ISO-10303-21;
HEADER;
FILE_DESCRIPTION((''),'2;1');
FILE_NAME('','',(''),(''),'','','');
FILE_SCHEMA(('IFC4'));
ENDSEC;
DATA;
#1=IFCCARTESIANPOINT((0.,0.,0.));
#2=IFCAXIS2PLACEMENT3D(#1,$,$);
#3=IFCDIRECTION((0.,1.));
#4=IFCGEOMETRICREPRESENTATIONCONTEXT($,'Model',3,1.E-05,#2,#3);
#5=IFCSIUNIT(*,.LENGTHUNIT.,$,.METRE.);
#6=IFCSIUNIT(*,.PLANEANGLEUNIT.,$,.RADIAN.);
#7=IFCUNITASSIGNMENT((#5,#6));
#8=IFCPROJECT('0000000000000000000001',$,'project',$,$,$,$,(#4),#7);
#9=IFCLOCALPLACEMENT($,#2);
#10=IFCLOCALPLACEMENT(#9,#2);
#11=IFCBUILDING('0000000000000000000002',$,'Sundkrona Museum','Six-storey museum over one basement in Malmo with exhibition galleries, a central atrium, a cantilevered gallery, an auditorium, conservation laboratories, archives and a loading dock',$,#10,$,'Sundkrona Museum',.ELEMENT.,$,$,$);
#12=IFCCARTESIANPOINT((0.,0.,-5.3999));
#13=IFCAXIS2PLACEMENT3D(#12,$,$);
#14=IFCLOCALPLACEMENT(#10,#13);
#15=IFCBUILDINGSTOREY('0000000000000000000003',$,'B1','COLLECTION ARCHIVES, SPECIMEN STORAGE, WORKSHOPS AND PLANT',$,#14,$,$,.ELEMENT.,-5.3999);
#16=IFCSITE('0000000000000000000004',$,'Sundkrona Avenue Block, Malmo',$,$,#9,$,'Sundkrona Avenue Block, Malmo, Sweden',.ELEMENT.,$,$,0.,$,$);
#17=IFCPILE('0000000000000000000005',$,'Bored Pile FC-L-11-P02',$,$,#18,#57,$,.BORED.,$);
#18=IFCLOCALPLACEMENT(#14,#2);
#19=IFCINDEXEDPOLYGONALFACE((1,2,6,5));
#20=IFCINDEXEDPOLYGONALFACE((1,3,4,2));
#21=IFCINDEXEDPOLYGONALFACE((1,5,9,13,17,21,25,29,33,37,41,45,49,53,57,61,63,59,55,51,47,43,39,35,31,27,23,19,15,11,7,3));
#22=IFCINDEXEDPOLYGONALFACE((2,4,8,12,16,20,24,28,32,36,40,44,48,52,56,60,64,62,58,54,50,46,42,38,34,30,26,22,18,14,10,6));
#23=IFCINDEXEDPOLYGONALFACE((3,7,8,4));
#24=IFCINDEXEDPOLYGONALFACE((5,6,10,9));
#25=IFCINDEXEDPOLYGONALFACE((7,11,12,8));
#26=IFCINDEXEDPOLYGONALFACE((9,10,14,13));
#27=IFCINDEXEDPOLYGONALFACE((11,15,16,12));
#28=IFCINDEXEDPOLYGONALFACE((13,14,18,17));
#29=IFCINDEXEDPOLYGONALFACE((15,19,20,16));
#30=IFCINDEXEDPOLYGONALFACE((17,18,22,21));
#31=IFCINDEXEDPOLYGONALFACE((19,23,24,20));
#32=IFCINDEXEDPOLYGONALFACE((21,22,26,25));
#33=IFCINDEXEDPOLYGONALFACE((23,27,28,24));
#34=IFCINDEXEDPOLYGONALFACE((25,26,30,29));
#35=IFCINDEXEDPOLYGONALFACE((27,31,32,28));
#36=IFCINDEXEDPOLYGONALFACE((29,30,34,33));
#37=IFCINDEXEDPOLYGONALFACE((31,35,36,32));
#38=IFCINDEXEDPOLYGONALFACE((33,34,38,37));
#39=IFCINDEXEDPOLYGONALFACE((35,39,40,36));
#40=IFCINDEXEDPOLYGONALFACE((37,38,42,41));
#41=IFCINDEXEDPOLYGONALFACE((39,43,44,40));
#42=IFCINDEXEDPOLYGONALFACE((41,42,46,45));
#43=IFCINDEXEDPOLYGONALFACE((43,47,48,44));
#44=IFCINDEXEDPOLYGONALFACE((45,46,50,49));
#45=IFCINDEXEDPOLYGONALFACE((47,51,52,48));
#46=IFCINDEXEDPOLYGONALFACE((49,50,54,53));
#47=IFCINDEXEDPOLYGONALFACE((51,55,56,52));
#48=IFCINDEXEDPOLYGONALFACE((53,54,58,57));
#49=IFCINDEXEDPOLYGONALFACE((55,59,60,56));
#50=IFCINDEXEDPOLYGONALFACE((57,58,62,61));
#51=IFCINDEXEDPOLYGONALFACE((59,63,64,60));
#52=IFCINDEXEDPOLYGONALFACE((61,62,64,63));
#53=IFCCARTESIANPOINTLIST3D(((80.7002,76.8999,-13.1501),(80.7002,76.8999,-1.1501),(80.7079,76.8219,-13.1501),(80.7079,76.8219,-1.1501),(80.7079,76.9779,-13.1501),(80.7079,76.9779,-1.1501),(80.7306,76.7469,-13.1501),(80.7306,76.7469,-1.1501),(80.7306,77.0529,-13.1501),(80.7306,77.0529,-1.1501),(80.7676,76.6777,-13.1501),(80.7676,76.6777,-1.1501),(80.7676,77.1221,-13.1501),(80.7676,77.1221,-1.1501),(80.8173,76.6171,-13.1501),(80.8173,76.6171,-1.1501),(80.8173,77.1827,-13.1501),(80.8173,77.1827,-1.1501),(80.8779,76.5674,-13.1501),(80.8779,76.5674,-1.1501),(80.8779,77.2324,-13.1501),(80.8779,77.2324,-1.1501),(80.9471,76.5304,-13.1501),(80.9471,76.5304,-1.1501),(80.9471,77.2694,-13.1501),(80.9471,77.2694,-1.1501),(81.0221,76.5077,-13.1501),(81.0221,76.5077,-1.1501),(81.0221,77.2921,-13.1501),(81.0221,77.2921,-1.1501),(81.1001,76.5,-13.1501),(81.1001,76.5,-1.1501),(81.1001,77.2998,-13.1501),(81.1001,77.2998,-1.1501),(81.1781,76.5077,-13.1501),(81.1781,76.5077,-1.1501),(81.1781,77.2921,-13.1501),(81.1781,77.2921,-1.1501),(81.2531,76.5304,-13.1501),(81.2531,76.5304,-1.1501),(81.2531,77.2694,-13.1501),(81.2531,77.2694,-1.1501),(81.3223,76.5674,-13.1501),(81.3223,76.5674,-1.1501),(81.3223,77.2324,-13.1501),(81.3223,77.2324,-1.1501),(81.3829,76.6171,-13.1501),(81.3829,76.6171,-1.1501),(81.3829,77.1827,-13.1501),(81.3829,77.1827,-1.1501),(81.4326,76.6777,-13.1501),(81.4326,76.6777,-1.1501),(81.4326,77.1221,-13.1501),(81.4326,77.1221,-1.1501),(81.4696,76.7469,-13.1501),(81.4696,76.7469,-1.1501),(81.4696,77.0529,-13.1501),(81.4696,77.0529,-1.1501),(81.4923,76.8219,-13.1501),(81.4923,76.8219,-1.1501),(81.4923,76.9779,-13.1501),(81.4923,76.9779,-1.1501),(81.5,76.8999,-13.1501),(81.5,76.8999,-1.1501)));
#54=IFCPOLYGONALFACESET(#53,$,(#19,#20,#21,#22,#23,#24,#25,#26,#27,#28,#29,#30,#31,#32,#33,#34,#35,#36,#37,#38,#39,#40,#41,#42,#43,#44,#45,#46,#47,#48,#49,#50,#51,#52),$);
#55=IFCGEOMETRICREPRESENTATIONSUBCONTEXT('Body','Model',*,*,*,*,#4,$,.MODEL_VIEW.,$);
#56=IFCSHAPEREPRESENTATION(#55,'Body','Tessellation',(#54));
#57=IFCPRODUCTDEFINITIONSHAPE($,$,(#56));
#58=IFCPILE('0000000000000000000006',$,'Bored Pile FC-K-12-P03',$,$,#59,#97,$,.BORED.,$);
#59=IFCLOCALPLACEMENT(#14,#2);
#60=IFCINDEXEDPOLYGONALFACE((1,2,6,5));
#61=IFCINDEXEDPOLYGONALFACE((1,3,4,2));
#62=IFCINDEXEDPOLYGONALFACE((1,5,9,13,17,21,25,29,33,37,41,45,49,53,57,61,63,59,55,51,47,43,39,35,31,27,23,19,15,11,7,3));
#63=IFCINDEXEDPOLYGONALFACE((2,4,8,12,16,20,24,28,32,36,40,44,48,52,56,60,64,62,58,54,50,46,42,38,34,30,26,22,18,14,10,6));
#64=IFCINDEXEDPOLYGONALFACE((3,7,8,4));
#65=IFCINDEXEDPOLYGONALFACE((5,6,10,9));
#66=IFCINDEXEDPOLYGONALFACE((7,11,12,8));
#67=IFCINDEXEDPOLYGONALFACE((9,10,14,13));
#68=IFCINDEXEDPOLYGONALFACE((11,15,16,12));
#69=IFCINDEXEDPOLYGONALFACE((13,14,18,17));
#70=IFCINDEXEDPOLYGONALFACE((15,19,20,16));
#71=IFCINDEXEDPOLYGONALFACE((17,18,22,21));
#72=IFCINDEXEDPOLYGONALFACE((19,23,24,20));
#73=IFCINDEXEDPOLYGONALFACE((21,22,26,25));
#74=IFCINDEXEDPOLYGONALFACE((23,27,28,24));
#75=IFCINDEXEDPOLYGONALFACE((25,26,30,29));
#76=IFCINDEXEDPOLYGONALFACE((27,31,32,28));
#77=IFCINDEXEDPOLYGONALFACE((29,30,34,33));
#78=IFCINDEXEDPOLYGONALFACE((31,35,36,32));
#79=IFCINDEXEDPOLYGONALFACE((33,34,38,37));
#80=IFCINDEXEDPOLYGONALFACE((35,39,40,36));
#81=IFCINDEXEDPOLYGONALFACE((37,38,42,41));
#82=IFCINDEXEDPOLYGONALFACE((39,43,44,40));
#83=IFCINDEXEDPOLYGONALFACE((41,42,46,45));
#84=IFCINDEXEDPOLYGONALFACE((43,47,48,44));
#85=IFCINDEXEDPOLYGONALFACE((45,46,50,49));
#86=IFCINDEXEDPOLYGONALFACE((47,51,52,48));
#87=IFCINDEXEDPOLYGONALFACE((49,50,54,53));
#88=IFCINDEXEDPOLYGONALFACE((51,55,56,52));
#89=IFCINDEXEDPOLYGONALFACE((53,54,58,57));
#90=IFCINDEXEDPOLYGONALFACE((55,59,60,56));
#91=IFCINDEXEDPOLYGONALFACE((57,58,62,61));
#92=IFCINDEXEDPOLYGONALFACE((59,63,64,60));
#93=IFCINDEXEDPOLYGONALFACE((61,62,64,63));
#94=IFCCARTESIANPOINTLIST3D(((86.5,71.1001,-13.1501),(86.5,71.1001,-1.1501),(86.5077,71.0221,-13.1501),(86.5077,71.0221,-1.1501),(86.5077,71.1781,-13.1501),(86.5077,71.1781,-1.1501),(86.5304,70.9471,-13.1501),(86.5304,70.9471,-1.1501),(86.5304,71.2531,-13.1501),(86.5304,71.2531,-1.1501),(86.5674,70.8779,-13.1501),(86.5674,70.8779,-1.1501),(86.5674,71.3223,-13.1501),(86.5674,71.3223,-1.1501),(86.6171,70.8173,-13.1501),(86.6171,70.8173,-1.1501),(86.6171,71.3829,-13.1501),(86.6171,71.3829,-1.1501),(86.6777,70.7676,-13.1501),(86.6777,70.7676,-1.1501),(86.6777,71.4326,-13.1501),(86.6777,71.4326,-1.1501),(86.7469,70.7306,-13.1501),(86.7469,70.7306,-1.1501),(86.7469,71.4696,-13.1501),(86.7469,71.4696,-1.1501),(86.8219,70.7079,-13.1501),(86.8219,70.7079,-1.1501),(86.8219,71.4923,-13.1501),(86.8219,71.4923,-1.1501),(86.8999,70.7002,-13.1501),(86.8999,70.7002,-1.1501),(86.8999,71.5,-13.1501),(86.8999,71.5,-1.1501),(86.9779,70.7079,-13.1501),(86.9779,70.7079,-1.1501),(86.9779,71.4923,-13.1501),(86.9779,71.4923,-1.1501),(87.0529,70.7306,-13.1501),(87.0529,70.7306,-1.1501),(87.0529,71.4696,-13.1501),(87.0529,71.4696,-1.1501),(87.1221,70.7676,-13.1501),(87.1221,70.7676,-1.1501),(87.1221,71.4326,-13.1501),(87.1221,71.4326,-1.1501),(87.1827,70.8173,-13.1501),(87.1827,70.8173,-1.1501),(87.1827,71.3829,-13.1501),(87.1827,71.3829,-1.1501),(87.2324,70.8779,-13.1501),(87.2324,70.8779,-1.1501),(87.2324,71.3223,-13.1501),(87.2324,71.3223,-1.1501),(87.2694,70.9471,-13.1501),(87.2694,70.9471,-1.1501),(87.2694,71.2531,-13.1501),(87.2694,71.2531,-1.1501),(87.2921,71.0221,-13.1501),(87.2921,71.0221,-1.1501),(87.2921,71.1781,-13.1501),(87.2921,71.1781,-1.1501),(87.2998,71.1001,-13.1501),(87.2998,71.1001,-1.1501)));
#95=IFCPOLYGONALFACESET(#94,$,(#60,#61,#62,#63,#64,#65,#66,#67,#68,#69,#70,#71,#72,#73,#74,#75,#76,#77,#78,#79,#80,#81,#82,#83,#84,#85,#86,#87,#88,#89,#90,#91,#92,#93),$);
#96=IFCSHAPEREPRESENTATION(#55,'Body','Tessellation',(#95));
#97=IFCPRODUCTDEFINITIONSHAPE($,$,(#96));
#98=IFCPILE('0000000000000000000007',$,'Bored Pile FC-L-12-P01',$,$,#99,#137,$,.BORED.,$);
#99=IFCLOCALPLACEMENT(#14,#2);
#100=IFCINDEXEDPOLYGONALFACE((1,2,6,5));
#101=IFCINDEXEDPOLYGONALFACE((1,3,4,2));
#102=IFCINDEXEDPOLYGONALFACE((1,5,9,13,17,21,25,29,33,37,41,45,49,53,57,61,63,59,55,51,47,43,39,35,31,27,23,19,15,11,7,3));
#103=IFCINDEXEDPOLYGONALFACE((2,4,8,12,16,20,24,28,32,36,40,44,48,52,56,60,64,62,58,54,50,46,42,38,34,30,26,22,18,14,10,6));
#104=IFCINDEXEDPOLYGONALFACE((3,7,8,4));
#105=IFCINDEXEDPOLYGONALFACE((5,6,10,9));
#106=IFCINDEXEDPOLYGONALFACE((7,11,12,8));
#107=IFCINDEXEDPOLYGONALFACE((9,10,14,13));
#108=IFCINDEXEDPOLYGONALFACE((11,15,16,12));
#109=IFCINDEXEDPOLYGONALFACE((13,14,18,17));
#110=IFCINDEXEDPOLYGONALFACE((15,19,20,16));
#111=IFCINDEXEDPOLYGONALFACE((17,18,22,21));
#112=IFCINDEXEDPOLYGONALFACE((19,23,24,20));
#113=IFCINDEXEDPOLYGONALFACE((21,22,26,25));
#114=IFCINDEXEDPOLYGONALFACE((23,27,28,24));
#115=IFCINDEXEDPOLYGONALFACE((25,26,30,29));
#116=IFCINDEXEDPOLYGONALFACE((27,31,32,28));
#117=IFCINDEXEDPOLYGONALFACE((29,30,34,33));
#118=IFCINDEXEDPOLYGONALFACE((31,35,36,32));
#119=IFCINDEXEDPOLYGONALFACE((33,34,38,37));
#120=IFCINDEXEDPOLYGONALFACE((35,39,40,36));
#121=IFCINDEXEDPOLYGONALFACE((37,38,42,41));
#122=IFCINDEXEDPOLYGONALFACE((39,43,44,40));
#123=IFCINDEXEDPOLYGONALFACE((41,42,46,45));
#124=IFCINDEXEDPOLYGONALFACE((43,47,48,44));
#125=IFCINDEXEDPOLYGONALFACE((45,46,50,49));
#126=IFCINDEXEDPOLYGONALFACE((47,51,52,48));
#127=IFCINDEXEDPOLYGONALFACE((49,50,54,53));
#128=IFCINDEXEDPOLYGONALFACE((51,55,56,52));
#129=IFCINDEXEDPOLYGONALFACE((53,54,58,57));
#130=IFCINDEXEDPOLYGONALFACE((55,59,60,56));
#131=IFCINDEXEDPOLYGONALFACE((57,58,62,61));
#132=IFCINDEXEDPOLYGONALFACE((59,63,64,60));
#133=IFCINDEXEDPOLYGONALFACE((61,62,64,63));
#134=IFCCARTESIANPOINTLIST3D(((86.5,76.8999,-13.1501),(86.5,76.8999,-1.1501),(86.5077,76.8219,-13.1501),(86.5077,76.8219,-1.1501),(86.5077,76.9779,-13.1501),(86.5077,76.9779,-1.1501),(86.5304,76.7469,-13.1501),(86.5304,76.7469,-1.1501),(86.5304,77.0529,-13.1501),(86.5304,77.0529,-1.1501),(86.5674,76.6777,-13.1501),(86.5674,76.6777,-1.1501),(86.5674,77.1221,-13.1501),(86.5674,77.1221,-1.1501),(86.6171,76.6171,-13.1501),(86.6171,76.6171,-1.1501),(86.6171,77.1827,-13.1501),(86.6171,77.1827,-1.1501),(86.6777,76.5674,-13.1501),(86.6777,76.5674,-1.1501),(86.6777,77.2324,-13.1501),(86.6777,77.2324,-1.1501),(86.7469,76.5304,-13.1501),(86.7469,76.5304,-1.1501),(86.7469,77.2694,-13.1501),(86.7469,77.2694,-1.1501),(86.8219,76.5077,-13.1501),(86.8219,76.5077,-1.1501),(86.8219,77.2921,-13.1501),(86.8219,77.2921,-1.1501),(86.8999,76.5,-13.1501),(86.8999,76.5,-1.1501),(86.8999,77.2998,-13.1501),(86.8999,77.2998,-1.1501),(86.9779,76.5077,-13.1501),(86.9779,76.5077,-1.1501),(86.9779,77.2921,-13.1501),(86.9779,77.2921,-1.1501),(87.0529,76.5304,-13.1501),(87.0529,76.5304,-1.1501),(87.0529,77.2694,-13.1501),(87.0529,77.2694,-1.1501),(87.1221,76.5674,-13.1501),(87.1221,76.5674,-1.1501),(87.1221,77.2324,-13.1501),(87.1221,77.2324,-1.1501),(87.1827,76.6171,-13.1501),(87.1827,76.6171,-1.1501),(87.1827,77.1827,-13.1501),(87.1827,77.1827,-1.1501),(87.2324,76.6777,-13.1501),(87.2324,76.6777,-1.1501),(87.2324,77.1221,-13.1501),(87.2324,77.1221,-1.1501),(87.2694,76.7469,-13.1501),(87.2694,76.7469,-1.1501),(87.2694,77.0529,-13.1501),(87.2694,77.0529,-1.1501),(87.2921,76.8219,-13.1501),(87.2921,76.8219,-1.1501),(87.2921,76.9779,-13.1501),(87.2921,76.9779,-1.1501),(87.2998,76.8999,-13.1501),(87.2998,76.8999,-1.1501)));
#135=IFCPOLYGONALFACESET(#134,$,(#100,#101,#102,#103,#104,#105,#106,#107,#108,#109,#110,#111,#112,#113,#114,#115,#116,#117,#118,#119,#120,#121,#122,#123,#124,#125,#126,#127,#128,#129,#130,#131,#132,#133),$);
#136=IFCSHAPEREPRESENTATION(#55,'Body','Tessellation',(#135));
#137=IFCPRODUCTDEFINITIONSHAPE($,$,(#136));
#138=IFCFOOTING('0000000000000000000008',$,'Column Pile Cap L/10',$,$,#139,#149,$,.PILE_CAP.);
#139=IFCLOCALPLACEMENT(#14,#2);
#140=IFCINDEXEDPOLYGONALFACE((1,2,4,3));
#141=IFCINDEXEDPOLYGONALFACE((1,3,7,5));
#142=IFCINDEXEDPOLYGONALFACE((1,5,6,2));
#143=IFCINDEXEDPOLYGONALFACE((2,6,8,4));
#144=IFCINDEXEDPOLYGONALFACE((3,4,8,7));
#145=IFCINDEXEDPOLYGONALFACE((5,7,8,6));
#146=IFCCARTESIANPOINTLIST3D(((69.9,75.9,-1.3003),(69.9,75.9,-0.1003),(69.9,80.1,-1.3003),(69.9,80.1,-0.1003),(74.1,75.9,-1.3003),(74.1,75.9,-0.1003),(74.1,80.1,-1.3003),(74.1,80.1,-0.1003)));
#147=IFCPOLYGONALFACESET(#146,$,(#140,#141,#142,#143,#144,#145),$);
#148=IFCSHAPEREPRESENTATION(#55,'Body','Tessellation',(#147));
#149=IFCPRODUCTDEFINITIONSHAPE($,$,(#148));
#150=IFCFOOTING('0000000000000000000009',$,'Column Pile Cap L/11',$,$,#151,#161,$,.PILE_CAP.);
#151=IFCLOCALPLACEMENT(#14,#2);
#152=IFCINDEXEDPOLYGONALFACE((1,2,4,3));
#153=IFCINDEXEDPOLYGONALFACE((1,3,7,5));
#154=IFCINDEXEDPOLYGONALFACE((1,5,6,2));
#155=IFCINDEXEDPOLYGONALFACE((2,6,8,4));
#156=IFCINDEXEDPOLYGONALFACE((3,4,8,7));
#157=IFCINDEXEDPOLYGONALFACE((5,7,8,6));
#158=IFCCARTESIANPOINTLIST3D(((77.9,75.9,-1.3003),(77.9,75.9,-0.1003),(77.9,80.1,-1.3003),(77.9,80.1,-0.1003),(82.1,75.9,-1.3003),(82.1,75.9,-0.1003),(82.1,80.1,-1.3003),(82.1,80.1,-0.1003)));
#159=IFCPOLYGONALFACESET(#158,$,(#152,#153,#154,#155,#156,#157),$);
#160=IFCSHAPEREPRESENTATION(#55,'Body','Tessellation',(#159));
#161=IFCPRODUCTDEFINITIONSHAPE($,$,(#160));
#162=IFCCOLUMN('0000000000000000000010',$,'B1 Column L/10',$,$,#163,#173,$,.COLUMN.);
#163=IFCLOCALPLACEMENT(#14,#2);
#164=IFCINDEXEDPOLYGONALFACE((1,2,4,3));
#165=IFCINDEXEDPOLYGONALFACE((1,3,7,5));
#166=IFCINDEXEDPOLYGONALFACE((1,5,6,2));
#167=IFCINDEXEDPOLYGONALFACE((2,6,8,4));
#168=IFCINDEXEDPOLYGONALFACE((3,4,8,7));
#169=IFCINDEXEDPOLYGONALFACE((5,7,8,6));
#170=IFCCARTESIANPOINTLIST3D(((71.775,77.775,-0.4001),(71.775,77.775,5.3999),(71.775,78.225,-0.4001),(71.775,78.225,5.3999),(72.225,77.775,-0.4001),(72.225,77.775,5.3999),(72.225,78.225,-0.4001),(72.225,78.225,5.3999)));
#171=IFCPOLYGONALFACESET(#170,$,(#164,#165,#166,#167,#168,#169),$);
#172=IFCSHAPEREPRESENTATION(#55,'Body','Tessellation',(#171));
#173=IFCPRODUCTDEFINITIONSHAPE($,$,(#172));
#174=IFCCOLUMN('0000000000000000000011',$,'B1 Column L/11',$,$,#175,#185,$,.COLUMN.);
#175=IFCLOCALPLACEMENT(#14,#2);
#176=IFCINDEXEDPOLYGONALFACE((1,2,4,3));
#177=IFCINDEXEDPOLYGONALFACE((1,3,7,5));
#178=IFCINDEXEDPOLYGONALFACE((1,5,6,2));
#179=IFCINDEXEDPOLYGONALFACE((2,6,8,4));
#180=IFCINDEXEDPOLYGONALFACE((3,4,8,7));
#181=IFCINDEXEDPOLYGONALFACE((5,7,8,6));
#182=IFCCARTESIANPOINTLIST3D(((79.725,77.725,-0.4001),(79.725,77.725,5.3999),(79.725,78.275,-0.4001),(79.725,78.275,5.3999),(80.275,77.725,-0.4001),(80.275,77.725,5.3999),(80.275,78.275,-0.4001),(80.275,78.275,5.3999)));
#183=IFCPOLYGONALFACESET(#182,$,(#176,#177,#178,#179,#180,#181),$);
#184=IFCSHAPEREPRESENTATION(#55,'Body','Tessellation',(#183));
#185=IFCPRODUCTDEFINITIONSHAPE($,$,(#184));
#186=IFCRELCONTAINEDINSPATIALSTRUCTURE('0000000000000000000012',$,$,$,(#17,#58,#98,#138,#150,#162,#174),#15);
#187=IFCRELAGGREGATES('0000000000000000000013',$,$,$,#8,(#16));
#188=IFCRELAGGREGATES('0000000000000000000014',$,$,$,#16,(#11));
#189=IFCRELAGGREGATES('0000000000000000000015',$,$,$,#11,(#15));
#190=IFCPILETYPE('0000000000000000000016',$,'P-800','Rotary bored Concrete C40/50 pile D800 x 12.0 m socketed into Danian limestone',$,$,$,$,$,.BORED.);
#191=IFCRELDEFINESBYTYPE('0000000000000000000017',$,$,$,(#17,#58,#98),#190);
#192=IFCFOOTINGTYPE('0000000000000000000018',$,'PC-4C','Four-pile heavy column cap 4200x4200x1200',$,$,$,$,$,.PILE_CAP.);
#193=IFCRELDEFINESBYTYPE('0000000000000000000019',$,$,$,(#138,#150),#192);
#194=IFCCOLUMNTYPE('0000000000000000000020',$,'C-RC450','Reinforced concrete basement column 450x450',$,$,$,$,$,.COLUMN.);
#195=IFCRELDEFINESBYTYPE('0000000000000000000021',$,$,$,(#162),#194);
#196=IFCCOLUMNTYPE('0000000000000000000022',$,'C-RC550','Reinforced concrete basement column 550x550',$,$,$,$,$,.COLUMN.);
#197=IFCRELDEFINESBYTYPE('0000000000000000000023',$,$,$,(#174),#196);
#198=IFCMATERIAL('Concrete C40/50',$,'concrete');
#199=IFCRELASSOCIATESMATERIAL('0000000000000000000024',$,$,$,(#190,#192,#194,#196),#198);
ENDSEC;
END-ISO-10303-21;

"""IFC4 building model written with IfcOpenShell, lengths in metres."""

from ifc_helpers import new_model, si_unit, direction, frame, origin, origin_2d, place, context, subcontext, project, spatial, rectangle, circle, extrude, material, material_profile, profile_set, type_object, element, save


model = new_model("IFC4")

# Units and contexts
model_context = context("Model", 3, precision=1e-05, world=origin(), true_north=direction((0.0, 1.0)))
body_context = subcontext(model_context, "Body", "Model", "MODEL_VIEW")
ifc_project = project(units=[si_unit("LENGTHUNIT", "METRE"), si_unit("PLANEANGLEUNIT", "RADIAN")], contexts=[model_context])

# Site, building, storey
site_placement = place(None, origin())
site = spatial("IfcSite", under=ifc_project, at=site_placement, Name="Sundkrona Avenue Block, Malmo", LongName="Sundkrona Avenue Block, Malmo, Sweden", CompositionType="ELEMENT", RefElevation=0.0)
building_placement = place(site_placement, origin())
building = spatial("IfcBuilding", under=site, at=building_placement, Name="Sundkrona Museum", Description="Six-storey museum over one basement in Malmo with exhibition galleries, a central atrium, a cantilevered gallery, an auditorium, conservation laboratories, archives and a loading dock", LongName="Sundkrona Museum", CompositionType="ELEMENT")
storey_placement = place(building_placement, frame((0.0, 0.0, -5.3999)))
storey = spatial("IfcBuildingStorey", under=building, at=storey_placement, Name="B1", Description="COLLECTION ARCHIVES, SPECIMEN STORAGE, WORKSHOPS AND PLANT", CompositionType="ELEMENT", Elevation=-5.3999)

# Shared definitions
ifc_material_1 = material(Name="Concrete C40/50", Category="concrete")

# Piles
ifc_material_profile_1 = material_profile(ifc_material_1, circle(Radius=0.3999, at=origin_2d()), Name="PILE D800")
ifc_profile_set_1 = profile_set([ifc_material_profile_1], Name="Concrete C40/50")
pile_type = type_object("IfcPileType", Name="P-800", Description="Rotary bored Concrete C40/50 pile D800 x 12.0 m socketed into Danian limestone", PredefinedType="BORED", material=ifc_profile_set_1)
for number, where, z_axis, x_axis, name in (
    (1, (81.1001, 76.8999, -1.1501), (0.0, 0.0, -1.0), (1.0, 0.0, 0.0), "Bored Pile FC-L-11-P02"),
    (2, (86.8999, 71.1001, -1.1501), (0.0, 0.0, -1.0), (1.0, 0.0, 0.0), "Bored Pile FC-K-12-P03"),
    (3, (86.8999, 76.8999, -1.1501), (0.0, 0.0, -1.0), (1.0, 0.0, 0.0), "Bored Pile FC-L-12-P01"),
):
    element("IfcPile", number, at=place(storey_placement, frame(where, z_axis=z_axis, x_axis=x_axis)), inside=storey, type_object=pile_type, Name=name, PredefinedType="BORED", context=body_context, shape_type="SweptSolid", body=[
        extrude(circle(Radius=0.3999, at=origin_2d()), origin(), (0.0, 0.0, 1.0), 12.0),
    ])

# Footings
footing_type_1 = type_object("IfcFootingType", Name="PC-4C", Description="Four-pile heavy column cap 4200x4200x1200", PredefinedType="PILE_CAP", material=ifc_material_1)
for number, where, z_axis, x_axis, name in (
    (4, (72.0, 78.0, -1.3003), (0.0, 0.0, 1.0), (1.0, 0.0, 0.0), "Column Pile Cap L/10"),
    (5, (80.0, 78.0, -1.3003), (0.0, 0.0, 1.0), (1.0, 0.0, 0.0), "Column Pile Cap L/11"),
):
    element("IfcFooting", number, at=place(storey_placement, frame(where, z_axis=z_axis, x_axis=x_axis)), inside=storey, type_object=footing_type_1, Name=name, PredefinedType="PILE_CAP", context=body_context, shape_type="SweptSolid", body=[
        extrude(rectangle(XDim=4.2, YDim=4.2, at=origin_2d()), origin(), (0.0, 0.0, 1.0), 1.2),
    ])

# Columns
ifc_material_profile_2 = material_profile(ifc_material_1, rectangle(XDim=0.45, YDim=0.45, at=origin_2d()), Name="RC 450x450")
ifc_profile_set_2 = profile_set([ifc_material_profile_2], Name="Concrete C40/50")
column_type_1 = type_object("IfcColumnType", Name="C-RC450", Description="Reinforced concrete basement column 450x450", PredefinedType="COLUMN", material=ifc_profile_set_2)
column_1_placement = place(storey_placement, frame((72.0, 78.0, -0.4001), z_axis=(0.0, 0.0, 1.0), x_axis=(1.0, 0.0, 0.0)))
element("IfcColumn", 6, at=column_1_placement, inside=storey, type_object=column_type_1, Name="B1 Column L/10", PredefinedType="COLUMN", context=body_context, shape_type="SweptSolid", body=[
    extrude(rectangle(XDim=0.45, YDim=0.45, at=origin_2d()), origin(), (0.0, 0.0, 1.0), 5.8),
])
ifc_material_profile_3 = material_profile(ifc_material_1, rectangle(XDim=0.55, YDim=0.55, at=origin_2d()), Name="RC 550x550")
ifc_profile_set_3 = profile_set([ifc_material_profile_3], Name="Concrete C40/50")
column_type_2 = type_object("IfcColumnType", Name="C-RC550", Description="Reinforced concrete basement column 550x550", PredefinedType="COLUMN", material=ifc_profile_set_3)
column_2_placement = place(storey_placement, frame((80.0, 78.0, -0.4001), z_axis=(0.0, 0.0, 1.0), x_axis=(1.0, 0.0, 0.0)))
element("IfcColumn", 7, at=column_2_placement, inside=storey, type_object=column_type_2, Name="B1 Column L/11", PredefinedType="COLUMN", context=body_context, shape_type="SweptSolid", body=[
    extrude(rectangle(XDim=0.55, YDim=0.55, at=origin_2d()), origin(), (0.0, 0.0, 1.0), 5.8),
])

save(model, "model.ifc")
